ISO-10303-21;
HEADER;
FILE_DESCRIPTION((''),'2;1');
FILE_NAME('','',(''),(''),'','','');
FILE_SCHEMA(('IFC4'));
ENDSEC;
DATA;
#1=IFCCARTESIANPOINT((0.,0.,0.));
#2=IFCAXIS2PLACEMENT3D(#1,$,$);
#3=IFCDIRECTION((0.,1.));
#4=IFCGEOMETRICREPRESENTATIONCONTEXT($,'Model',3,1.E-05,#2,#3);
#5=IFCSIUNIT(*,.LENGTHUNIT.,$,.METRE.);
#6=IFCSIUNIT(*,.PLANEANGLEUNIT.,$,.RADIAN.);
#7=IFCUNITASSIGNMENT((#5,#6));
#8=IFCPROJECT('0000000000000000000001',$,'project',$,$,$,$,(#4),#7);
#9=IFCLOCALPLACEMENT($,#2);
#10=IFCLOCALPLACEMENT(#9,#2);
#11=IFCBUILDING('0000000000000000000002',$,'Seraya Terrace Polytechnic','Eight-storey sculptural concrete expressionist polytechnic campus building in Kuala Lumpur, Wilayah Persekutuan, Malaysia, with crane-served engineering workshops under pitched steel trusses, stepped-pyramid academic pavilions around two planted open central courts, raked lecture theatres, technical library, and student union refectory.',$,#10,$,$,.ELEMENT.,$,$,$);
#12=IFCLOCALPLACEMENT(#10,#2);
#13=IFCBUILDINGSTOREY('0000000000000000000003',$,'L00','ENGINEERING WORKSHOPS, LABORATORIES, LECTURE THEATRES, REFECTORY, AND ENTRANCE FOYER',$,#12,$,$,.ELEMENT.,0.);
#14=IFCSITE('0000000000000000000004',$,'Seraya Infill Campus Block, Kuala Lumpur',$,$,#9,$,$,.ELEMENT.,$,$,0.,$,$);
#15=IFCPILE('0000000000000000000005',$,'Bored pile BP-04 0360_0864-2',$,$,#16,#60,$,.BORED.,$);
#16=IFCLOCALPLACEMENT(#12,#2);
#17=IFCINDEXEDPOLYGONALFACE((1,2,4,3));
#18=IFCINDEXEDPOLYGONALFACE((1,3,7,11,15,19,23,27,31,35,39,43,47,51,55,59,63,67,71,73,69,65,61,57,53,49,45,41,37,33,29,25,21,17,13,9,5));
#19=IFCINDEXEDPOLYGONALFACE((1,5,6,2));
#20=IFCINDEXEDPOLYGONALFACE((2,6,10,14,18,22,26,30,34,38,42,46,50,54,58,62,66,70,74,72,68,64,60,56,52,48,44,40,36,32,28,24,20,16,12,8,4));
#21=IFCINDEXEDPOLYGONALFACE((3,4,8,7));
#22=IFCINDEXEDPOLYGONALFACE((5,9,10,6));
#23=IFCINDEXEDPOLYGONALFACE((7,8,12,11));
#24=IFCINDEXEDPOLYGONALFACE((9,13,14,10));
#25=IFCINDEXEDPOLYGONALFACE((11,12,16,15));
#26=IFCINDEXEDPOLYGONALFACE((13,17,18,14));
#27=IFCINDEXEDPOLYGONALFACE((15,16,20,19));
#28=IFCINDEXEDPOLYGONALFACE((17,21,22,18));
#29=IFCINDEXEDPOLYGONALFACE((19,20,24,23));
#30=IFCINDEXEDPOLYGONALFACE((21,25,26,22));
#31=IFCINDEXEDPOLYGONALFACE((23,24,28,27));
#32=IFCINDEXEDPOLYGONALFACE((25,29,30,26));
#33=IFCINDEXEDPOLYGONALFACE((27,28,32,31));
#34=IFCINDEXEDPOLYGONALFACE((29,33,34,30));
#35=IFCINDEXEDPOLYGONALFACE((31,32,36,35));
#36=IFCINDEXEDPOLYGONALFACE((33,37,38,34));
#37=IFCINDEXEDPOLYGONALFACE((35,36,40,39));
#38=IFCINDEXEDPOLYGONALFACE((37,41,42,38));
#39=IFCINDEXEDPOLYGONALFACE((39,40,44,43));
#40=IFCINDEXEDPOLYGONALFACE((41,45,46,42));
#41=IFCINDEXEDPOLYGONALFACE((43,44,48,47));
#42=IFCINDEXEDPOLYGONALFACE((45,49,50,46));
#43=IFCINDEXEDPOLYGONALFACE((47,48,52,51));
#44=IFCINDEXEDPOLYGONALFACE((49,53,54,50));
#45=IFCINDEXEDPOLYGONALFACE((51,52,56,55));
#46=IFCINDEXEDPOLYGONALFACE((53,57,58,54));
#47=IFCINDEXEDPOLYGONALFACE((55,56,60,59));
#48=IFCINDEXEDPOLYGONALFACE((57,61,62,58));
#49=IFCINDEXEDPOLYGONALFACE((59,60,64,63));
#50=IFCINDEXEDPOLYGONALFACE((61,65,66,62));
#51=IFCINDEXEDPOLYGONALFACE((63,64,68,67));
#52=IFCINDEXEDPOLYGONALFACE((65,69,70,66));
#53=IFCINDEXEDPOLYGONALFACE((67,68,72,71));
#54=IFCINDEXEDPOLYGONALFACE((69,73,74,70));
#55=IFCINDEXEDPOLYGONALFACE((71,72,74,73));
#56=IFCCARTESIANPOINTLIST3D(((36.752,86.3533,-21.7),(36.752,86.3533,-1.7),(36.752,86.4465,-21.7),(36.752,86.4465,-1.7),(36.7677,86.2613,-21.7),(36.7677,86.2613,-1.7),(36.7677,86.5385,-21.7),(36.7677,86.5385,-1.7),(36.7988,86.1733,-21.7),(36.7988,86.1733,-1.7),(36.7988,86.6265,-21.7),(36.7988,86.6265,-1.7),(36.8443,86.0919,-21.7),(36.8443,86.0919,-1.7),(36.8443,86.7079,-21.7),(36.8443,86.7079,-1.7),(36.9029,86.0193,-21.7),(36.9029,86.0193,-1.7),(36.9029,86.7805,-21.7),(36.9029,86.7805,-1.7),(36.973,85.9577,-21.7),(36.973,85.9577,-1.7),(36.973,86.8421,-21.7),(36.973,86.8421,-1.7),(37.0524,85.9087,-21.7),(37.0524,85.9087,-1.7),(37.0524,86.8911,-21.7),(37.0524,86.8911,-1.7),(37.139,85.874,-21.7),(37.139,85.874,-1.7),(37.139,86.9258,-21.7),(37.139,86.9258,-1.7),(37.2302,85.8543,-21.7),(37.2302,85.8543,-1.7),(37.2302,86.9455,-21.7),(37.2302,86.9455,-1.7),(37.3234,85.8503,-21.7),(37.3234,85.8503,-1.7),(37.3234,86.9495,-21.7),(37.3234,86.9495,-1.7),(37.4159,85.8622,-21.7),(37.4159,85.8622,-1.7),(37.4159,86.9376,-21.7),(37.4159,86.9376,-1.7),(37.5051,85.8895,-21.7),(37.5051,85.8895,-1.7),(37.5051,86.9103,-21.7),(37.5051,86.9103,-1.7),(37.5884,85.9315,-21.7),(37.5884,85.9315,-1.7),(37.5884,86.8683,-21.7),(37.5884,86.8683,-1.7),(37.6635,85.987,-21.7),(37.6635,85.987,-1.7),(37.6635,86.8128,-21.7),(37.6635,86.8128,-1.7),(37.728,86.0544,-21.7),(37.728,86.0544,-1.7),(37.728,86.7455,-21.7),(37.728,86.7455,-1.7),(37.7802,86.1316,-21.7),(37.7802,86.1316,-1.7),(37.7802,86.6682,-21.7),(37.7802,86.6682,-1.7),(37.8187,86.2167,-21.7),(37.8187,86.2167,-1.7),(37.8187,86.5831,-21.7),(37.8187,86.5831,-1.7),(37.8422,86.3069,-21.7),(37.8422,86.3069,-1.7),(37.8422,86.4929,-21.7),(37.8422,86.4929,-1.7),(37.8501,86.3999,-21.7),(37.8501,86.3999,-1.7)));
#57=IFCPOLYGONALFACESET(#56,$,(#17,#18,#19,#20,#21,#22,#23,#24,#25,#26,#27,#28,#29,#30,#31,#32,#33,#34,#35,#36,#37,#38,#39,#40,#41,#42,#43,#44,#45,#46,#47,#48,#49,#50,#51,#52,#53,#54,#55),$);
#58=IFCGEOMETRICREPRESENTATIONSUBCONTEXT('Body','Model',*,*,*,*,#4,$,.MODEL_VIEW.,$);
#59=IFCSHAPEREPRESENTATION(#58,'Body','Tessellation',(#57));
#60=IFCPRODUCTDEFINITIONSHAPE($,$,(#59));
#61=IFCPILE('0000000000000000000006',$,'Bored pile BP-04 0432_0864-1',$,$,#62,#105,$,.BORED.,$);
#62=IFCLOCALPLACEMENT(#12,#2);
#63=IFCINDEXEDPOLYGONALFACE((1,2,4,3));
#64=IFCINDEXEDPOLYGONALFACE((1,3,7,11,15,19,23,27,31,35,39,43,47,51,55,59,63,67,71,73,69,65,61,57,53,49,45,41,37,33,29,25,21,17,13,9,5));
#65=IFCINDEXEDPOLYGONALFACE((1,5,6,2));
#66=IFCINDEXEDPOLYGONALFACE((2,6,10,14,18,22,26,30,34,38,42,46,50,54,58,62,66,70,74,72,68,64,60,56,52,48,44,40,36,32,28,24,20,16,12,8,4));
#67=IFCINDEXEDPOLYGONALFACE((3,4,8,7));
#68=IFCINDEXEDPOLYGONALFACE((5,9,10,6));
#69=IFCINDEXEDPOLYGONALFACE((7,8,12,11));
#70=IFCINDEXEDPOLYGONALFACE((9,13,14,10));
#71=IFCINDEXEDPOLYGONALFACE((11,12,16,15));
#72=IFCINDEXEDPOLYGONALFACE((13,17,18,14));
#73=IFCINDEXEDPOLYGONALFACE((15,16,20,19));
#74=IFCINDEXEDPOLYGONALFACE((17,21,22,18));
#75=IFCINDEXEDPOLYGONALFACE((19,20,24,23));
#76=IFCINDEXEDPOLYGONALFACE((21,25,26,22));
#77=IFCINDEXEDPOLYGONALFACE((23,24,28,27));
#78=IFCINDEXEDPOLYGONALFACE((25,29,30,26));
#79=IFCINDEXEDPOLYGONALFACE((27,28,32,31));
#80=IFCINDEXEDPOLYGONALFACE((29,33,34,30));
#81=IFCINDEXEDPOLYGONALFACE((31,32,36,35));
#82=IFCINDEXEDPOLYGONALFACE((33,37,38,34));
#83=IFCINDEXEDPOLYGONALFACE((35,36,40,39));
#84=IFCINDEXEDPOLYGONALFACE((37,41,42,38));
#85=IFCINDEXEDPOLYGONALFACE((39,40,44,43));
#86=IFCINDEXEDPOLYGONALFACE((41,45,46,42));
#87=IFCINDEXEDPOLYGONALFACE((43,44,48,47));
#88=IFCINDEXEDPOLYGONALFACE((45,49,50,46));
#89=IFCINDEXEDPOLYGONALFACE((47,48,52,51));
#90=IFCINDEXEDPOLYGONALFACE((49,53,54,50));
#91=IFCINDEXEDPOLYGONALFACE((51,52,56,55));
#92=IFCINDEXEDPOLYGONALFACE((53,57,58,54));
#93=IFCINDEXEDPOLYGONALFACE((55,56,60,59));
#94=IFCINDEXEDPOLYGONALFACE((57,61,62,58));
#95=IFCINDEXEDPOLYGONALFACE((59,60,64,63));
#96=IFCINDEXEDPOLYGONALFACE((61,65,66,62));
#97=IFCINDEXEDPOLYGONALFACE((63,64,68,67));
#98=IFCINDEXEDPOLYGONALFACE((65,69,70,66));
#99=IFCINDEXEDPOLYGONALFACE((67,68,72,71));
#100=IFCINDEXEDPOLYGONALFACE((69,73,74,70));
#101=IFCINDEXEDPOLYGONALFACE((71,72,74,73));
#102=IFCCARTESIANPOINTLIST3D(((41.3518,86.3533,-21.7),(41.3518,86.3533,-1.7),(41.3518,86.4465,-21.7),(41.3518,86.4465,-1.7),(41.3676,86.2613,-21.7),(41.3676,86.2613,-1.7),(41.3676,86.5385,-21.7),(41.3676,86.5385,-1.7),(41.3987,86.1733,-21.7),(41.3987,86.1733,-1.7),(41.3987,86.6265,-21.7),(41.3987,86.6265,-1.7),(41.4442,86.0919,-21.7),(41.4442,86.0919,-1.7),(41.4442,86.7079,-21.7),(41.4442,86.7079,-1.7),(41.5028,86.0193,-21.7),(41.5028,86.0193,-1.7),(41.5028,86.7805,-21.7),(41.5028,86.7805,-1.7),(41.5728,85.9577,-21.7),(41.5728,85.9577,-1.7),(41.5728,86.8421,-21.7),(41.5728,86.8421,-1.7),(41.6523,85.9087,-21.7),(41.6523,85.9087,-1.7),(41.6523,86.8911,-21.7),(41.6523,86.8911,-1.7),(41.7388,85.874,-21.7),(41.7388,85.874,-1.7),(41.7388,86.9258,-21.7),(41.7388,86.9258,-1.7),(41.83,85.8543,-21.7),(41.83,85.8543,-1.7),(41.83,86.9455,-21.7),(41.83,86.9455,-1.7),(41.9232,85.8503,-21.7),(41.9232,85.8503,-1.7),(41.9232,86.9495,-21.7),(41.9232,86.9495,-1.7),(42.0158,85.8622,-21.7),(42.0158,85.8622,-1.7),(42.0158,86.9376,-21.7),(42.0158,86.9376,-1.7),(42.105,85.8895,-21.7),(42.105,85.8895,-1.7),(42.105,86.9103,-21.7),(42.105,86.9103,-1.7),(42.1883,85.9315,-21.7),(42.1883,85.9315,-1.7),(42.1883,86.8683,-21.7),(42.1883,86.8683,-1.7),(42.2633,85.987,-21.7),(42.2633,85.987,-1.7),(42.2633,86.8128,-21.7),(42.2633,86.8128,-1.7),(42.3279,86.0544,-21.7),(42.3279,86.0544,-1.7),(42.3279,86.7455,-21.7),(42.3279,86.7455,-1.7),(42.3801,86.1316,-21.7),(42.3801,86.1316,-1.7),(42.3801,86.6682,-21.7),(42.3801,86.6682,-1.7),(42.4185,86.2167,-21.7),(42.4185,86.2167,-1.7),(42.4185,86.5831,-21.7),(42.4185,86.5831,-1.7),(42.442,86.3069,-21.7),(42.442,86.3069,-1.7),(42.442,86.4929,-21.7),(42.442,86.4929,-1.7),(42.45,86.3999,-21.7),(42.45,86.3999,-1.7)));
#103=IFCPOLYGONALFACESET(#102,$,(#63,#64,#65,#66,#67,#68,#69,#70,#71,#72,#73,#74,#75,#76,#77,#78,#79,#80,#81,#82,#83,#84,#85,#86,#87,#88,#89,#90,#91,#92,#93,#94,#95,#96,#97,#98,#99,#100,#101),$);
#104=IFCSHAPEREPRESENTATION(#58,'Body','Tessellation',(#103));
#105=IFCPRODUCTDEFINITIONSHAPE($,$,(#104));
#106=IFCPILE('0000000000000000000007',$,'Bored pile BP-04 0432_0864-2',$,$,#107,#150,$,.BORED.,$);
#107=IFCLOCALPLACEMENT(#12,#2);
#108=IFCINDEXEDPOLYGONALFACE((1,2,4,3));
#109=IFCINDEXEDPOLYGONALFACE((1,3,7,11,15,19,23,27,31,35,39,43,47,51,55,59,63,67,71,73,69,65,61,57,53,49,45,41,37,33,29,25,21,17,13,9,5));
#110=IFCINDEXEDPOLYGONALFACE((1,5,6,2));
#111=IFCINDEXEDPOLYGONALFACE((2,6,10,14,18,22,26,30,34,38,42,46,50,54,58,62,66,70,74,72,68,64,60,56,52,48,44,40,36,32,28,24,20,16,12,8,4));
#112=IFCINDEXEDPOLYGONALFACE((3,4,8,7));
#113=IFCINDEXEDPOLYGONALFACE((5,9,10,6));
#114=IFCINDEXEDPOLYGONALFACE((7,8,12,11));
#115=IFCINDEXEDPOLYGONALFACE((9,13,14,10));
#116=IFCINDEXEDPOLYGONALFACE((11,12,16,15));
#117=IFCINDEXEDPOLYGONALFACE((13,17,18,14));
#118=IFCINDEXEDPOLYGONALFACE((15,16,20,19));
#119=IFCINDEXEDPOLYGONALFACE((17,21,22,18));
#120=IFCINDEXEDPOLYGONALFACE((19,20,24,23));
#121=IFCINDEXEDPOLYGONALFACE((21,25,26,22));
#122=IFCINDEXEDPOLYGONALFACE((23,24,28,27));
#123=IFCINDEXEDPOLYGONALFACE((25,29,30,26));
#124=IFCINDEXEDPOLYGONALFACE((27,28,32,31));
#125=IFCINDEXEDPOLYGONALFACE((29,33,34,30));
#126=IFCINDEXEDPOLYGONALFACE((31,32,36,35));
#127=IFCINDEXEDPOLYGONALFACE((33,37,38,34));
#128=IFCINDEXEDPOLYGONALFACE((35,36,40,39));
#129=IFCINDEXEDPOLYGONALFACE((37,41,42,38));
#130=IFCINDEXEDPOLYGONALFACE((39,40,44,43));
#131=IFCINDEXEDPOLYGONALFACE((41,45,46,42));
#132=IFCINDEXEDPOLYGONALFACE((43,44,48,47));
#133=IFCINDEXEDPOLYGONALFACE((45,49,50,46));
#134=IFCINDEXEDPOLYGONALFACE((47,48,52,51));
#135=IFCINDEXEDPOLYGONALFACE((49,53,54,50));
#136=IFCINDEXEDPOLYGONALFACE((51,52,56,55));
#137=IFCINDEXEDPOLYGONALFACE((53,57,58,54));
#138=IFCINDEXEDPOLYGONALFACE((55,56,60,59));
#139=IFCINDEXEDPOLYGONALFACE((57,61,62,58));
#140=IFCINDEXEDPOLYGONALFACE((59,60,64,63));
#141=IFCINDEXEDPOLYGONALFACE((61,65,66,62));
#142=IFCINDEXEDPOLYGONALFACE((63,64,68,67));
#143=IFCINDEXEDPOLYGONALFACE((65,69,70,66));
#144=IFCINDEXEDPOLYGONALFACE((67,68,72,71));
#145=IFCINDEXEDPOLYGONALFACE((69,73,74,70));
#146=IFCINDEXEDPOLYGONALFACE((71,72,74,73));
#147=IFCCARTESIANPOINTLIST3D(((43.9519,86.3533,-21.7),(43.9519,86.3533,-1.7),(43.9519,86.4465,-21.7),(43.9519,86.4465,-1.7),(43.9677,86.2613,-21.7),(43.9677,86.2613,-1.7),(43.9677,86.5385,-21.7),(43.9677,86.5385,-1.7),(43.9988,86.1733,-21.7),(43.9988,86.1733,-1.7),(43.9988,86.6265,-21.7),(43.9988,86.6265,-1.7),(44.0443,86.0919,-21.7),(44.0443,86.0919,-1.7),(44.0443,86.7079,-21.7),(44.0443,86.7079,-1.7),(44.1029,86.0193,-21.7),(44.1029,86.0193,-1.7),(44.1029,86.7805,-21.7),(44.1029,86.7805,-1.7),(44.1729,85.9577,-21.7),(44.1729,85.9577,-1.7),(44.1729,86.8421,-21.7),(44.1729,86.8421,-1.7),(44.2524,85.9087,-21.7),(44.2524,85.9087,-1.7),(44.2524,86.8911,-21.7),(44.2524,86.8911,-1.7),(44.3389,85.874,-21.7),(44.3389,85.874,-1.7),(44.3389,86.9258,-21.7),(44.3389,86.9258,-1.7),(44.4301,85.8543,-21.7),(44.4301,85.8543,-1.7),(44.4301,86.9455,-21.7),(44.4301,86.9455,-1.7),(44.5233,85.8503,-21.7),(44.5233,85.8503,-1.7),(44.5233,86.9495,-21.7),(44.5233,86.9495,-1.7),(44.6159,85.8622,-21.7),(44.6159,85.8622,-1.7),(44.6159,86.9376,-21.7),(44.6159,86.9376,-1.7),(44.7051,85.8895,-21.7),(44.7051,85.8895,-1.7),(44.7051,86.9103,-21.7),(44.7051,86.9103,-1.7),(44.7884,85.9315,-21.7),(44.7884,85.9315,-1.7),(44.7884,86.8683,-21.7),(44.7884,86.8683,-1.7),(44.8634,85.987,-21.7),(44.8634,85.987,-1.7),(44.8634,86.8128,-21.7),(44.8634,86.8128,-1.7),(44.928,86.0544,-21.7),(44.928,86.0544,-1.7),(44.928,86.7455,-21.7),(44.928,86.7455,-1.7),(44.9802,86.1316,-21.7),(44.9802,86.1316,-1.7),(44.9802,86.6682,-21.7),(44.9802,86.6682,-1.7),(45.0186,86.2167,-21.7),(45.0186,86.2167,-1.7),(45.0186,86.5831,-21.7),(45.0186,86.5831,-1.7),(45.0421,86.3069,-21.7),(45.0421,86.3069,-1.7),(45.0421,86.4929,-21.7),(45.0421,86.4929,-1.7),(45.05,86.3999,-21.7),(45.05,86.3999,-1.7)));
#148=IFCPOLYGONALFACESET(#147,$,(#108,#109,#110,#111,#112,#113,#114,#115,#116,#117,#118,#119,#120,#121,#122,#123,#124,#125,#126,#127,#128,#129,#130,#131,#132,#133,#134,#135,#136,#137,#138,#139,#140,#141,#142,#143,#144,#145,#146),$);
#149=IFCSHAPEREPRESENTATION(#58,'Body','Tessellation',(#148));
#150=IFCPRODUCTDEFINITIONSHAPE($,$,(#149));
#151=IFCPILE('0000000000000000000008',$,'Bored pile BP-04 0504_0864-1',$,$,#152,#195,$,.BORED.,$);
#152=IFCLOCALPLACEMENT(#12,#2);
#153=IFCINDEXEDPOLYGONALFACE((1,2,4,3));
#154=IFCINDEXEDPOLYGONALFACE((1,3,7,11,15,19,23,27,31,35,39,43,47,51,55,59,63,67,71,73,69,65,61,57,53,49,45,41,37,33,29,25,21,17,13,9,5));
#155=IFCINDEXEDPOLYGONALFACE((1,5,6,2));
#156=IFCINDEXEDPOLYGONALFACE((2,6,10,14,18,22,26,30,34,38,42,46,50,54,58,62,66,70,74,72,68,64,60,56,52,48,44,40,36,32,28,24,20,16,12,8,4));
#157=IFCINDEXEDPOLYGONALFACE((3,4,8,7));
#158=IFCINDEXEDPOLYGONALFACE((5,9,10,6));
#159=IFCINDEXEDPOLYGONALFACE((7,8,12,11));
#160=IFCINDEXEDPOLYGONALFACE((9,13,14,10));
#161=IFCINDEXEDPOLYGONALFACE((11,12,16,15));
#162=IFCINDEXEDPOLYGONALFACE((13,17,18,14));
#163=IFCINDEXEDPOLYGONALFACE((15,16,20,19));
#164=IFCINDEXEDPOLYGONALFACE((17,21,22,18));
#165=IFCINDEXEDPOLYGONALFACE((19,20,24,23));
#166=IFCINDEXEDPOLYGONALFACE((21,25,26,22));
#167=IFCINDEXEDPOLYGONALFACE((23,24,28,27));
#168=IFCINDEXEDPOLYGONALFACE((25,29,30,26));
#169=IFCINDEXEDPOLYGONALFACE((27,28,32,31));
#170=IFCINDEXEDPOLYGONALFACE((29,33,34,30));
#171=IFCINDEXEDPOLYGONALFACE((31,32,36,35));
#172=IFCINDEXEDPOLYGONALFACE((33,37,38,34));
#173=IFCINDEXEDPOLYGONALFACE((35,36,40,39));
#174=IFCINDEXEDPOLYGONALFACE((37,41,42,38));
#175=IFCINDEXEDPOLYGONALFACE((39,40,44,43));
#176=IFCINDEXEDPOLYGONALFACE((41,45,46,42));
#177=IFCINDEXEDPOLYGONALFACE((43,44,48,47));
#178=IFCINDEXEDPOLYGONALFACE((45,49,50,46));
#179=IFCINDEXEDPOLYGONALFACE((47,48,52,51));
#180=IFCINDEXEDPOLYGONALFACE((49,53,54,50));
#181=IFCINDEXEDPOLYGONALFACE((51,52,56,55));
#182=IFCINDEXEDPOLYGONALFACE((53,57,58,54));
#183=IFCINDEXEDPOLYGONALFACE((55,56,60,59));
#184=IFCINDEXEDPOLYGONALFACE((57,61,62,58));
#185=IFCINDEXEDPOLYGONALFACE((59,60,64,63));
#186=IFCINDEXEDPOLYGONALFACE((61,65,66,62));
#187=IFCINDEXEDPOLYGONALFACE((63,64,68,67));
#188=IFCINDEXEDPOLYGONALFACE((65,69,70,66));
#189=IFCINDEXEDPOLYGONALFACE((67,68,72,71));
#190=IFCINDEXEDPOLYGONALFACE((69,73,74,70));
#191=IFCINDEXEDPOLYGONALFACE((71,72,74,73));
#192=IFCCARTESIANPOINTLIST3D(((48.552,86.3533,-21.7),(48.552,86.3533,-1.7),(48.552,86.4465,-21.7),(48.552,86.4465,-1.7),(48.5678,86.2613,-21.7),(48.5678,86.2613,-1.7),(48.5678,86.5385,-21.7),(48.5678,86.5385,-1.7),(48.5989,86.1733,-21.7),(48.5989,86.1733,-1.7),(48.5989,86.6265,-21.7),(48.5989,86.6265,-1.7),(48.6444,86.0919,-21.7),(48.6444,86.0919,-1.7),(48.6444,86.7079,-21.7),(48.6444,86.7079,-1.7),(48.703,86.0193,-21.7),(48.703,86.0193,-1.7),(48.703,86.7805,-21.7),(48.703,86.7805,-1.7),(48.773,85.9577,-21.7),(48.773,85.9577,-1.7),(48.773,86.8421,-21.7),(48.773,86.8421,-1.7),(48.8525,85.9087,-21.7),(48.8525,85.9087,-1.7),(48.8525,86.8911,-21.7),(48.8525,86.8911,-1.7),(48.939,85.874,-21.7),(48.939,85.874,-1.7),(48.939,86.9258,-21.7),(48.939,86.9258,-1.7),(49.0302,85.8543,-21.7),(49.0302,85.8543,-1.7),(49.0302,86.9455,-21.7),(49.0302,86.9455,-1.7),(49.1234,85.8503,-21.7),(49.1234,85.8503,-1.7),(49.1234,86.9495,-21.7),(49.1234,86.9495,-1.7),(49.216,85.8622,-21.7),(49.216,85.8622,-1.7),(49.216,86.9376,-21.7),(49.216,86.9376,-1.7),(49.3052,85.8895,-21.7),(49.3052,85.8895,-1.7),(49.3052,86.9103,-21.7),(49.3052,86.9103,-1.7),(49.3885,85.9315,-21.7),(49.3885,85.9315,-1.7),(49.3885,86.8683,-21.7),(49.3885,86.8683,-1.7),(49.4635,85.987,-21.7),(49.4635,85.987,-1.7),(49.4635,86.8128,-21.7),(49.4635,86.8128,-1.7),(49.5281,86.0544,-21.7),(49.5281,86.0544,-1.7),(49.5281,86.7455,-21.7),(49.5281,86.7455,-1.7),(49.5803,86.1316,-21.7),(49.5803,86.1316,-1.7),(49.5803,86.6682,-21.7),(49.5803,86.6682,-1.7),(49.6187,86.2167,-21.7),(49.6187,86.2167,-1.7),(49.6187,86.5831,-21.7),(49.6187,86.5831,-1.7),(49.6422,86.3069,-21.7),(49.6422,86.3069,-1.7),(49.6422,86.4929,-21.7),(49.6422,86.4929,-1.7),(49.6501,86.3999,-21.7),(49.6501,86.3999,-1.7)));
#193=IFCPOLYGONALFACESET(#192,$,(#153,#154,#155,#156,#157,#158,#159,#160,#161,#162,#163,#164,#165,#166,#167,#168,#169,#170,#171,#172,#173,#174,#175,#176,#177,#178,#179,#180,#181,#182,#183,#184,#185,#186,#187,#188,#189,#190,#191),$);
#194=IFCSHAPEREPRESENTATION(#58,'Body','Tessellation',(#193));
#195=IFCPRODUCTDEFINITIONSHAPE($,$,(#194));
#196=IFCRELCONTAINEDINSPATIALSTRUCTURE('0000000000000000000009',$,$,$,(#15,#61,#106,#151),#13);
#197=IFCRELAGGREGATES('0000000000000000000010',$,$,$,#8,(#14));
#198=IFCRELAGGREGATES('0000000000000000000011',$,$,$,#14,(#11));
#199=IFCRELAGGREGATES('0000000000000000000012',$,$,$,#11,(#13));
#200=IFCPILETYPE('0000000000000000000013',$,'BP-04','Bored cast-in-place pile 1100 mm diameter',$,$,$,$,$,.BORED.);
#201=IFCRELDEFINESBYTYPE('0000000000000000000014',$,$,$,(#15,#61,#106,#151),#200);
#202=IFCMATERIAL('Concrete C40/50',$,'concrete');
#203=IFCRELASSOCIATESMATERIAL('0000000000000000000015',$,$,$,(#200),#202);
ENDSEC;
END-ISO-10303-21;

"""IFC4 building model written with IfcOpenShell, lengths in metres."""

from ifc_helpers import new_model, si_unit, direction, frame, origin, origin_2d, place, context, subcontext, project, spatial, circle, extrude, material, material_profile, profile_set, type_object, element, save


model = new_model("IFC4")

# Units and contexts
model_context = context("Model", 3, precision=1e-05, world=origin(), true_north=direction((0.0, 1.0)))
body_context = subcontext(model_context, "Body", "Model", "MODEL_VIEW")
ifc_project = project(units=[si_unit("LENGTHUNIT", "METRE"), si_unit("PLANEANGLEUNIT", "RADIAN")], contexts=[model_context])

# Site, building, storey
site_placement = place(None, origin())
site = spatial("IfcSite", under=ifc_project, at=site_placement, Name="Seraya Infill Campus Block, Kuala Lumpur", CompositionType="ELEMENT", RefElevation=0.0)
building_placement = place(site_placement, origin())
building = spatial("IfcBuilding", under=site, at=building_placement, Name="Seraya Terrace Polytechnic", Description="Eight-storey sculptural concrete expressionist polytechnic campus building in Kuala Lumpur, Wilayah Persekutuan, Malaysia, with crane-served engineering workshops under pitched steel trusses, stepped-pyramid academic pavilions around two planted open central courts, raked lecture theatres, technical library, and student union refectory.", CompositionType="ELEMENT")
storey_placement = place(building_placement, origin())
storey = spatial("IfcBuildingStorey", under=building, at=storey_placement, Name="L00", Description="ENGINEERING WORKSHOPS, LABORATORIES, LECTURE THEATRES, REFECTORY, AND ENTRANCE FOYER", CompositionType="ELEMENT", Elevation=0.0)

# Piles
ifc_material = material(Name="Concrete C40/50", Category="concrete")
ifc_material_profile_1 = material_profile(ifc_material, circle(Radius=0.55, at=origin_2d()), Name="DIA 1100")
ifc_profile_set_1 = profile_set([ifc_material_profile_1], Name="Concrete C40/50")
pile_type_1 = type_object("IfcPileType", Name="BP-04", Description="Bored cast-in-place pile 1100 mm diameter", PredefinedType="BORED", material=ifc_profile_set_1)
for number, where, z_axis, x_axis, name in (
    (1, (37.3, 86.3999, -1.7), (0.0, 0.0, -1.0), (1.0, 0.0, 0.0), "Bored pile BP-04 0360_0864-2"),
    (2, (41.8999, 86.3999, -1.7), (0.0, 0.0, -1.0), (1.0, 0.0, 0.0), "Bored pile BP-04 0432_0864-1"),
    (3, (44.5, 86.3999, -1.7), (0.0, 0.0, -1.0), (1.0, 0.0, 0.0), "Bored pile BP-04 0432_0864-2"),
    (4, (49.1001, 86.3999, -1.7), (0.0, 0.0, -1.0), (1.0, 0.0, 0.0), "Bored pile BP-04 0504_0864-1"),
):
    element("IfcPile", number, at=place(storey_placement, frame(where, z_axis=z_axis, x_axis=x_axis)), inside=storey, type_object=pile_type_1, Name=name, PredefinedType="BORED", context=body_context, shape_type="SweptSolid", body=[
        extrude(circle(Radius=0.55, at=origin_2d()), origin(), (0.0, 0.0, 1.0), 20.0),
    ])

save(model, "model.ifc")
